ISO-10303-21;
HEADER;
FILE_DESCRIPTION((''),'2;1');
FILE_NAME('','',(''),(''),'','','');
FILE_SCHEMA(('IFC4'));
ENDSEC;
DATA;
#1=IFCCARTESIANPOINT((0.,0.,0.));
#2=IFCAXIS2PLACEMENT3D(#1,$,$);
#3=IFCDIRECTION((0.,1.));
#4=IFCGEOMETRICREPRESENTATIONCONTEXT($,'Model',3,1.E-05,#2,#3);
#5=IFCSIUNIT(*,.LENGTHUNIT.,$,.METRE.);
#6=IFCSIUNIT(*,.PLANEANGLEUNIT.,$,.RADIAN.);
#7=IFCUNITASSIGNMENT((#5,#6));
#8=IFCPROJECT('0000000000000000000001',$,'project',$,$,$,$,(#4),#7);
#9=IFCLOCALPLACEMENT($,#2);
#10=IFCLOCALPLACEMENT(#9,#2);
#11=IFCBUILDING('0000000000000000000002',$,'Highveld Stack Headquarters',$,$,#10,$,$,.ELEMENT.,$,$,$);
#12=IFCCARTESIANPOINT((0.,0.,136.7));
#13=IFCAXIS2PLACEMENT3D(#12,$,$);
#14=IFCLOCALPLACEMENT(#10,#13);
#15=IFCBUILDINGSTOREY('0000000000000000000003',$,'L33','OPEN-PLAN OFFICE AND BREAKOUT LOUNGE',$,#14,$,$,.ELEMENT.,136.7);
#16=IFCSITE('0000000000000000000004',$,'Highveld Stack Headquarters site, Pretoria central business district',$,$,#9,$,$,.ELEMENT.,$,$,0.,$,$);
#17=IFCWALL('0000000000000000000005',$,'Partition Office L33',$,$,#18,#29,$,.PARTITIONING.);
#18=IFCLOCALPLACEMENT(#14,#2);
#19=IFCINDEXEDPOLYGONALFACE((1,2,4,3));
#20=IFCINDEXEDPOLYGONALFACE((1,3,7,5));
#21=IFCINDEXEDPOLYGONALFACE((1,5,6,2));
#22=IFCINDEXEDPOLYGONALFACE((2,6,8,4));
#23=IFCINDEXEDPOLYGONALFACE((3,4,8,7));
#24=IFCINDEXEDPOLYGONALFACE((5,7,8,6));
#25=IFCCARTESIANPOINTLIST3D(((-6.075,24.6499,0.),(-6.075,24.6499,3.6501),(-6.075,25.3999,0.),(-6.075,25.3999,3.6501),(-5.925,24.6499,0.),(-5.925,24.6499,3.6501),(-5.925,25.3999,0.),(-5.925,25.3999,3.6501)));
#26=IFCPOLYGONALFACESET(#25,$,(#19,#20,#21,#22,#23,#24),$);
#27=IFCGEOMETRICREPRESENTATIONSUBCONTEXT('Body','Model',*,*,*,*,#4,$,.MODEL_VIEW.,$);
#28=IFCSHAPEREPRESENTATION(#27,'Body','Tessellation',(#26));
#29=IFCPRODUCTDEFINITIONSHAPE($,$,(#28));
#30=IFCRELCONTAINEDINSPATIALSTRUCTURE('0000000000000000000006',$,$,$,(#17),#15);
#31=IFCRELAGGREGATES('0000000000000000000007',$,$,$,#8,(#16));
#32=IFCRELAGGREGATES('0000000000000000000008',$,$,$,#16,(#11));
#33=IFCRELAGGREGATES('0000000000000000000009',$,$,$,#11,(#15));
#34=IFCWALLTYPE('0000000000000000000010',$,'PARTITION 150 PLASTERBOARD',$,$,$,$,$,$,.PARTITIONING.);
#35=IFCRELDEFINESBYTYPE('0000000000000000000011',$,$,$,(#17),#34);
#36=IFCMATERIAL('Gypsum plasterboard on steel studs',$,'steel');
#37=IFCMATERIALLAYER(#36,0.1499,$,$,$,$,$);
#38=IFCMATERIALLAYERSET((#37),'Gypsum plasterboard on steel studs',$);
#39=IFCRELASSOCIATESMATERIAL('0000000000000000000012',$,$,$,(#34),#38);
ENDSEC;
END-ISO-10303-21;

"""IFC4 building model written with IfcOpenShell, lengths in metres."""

from ifc_helpers import new_model, si_unit, direction, frame, frame_2d, origin, place, context, subcontext, project, spatial, rectangle, extrude, material, layer, layer_set, type_object, element, save


model = new_model("IFC4")

# Units and contexts
model_context = context("Model", 3, precision=1e-05, world=origin(), true_north=direction((0.0, 1.0)))
body_context = subcontext(model_context, "Body", "Model", "MODEL_VIEW")
ifc_project = project(units=[si_unit("LENGTHUNIT", "METRE"), si_unit("PLANEANGLEUNIT", "RADIAN")], contexts=[model_context])

# Site, building, storey
site_placement = place(None, origin())
site = spatial("IfcSite", under=ifc_project, at=site_placement, Name="Highveld Stack Headquarters site, Pretoria central business district", CompositionType="ELEMENT", RefElevation=0.0)
building_placement = place(site_placement, origin())
building = spatial("IfcBuilding", under=site, at=building_placement, Name="Highveld Stack Headquarters", CompositionType="ELEMENT")
storey_placement = place(building_placement, frame((0.0, 0.0, 136.7)))
storey = spatial("IfcBuildingStorey", under=building, at=storey_placement, Name="L33", Description="OPEN-PLAN OFFICE AND BREAKOUT LOUNGE", CompositionType="ELEMENT", Elevation=136.7)

# Wall
ifc_material_1 = material(Name="Gypsum plasterboard on steel studs", Category="steel")
ifc_layer_1 = layer(ifc_material_1, 0.1499)
ifc_layer_set_1 = layer_set([ifc_layer_1], Name="Gypsum plasterboard on steel studs")
wall_type = type_object("IfcWallType", Name="PARTITION 150 PLASTERBOARD", PredefinedType="PARTITIONING", material=ifc_layer_set_1)
wall_placement = place(storey_placement, frame((-6.0, 24.6499, 0.0), z_axis=(0.0, 0.0, 1.0), x_axis=(0.0, 1.0, 0.0)))
element("IfcWall", 1, at=wall_placement, inside=storey, type_object=wall_type, Name="Partition Office L33", PredefinedType="PARTITIONING", context=body_context, shape_type="SweptSolid", body=[
    extrude(rectangle(XDim=0.75, YDim=0.1499, at=frame_2d((0.375, 0.0))), origin(), (0.0, 0.0, 1.0), 3.6501),
])

save(model, "model.ifc")
